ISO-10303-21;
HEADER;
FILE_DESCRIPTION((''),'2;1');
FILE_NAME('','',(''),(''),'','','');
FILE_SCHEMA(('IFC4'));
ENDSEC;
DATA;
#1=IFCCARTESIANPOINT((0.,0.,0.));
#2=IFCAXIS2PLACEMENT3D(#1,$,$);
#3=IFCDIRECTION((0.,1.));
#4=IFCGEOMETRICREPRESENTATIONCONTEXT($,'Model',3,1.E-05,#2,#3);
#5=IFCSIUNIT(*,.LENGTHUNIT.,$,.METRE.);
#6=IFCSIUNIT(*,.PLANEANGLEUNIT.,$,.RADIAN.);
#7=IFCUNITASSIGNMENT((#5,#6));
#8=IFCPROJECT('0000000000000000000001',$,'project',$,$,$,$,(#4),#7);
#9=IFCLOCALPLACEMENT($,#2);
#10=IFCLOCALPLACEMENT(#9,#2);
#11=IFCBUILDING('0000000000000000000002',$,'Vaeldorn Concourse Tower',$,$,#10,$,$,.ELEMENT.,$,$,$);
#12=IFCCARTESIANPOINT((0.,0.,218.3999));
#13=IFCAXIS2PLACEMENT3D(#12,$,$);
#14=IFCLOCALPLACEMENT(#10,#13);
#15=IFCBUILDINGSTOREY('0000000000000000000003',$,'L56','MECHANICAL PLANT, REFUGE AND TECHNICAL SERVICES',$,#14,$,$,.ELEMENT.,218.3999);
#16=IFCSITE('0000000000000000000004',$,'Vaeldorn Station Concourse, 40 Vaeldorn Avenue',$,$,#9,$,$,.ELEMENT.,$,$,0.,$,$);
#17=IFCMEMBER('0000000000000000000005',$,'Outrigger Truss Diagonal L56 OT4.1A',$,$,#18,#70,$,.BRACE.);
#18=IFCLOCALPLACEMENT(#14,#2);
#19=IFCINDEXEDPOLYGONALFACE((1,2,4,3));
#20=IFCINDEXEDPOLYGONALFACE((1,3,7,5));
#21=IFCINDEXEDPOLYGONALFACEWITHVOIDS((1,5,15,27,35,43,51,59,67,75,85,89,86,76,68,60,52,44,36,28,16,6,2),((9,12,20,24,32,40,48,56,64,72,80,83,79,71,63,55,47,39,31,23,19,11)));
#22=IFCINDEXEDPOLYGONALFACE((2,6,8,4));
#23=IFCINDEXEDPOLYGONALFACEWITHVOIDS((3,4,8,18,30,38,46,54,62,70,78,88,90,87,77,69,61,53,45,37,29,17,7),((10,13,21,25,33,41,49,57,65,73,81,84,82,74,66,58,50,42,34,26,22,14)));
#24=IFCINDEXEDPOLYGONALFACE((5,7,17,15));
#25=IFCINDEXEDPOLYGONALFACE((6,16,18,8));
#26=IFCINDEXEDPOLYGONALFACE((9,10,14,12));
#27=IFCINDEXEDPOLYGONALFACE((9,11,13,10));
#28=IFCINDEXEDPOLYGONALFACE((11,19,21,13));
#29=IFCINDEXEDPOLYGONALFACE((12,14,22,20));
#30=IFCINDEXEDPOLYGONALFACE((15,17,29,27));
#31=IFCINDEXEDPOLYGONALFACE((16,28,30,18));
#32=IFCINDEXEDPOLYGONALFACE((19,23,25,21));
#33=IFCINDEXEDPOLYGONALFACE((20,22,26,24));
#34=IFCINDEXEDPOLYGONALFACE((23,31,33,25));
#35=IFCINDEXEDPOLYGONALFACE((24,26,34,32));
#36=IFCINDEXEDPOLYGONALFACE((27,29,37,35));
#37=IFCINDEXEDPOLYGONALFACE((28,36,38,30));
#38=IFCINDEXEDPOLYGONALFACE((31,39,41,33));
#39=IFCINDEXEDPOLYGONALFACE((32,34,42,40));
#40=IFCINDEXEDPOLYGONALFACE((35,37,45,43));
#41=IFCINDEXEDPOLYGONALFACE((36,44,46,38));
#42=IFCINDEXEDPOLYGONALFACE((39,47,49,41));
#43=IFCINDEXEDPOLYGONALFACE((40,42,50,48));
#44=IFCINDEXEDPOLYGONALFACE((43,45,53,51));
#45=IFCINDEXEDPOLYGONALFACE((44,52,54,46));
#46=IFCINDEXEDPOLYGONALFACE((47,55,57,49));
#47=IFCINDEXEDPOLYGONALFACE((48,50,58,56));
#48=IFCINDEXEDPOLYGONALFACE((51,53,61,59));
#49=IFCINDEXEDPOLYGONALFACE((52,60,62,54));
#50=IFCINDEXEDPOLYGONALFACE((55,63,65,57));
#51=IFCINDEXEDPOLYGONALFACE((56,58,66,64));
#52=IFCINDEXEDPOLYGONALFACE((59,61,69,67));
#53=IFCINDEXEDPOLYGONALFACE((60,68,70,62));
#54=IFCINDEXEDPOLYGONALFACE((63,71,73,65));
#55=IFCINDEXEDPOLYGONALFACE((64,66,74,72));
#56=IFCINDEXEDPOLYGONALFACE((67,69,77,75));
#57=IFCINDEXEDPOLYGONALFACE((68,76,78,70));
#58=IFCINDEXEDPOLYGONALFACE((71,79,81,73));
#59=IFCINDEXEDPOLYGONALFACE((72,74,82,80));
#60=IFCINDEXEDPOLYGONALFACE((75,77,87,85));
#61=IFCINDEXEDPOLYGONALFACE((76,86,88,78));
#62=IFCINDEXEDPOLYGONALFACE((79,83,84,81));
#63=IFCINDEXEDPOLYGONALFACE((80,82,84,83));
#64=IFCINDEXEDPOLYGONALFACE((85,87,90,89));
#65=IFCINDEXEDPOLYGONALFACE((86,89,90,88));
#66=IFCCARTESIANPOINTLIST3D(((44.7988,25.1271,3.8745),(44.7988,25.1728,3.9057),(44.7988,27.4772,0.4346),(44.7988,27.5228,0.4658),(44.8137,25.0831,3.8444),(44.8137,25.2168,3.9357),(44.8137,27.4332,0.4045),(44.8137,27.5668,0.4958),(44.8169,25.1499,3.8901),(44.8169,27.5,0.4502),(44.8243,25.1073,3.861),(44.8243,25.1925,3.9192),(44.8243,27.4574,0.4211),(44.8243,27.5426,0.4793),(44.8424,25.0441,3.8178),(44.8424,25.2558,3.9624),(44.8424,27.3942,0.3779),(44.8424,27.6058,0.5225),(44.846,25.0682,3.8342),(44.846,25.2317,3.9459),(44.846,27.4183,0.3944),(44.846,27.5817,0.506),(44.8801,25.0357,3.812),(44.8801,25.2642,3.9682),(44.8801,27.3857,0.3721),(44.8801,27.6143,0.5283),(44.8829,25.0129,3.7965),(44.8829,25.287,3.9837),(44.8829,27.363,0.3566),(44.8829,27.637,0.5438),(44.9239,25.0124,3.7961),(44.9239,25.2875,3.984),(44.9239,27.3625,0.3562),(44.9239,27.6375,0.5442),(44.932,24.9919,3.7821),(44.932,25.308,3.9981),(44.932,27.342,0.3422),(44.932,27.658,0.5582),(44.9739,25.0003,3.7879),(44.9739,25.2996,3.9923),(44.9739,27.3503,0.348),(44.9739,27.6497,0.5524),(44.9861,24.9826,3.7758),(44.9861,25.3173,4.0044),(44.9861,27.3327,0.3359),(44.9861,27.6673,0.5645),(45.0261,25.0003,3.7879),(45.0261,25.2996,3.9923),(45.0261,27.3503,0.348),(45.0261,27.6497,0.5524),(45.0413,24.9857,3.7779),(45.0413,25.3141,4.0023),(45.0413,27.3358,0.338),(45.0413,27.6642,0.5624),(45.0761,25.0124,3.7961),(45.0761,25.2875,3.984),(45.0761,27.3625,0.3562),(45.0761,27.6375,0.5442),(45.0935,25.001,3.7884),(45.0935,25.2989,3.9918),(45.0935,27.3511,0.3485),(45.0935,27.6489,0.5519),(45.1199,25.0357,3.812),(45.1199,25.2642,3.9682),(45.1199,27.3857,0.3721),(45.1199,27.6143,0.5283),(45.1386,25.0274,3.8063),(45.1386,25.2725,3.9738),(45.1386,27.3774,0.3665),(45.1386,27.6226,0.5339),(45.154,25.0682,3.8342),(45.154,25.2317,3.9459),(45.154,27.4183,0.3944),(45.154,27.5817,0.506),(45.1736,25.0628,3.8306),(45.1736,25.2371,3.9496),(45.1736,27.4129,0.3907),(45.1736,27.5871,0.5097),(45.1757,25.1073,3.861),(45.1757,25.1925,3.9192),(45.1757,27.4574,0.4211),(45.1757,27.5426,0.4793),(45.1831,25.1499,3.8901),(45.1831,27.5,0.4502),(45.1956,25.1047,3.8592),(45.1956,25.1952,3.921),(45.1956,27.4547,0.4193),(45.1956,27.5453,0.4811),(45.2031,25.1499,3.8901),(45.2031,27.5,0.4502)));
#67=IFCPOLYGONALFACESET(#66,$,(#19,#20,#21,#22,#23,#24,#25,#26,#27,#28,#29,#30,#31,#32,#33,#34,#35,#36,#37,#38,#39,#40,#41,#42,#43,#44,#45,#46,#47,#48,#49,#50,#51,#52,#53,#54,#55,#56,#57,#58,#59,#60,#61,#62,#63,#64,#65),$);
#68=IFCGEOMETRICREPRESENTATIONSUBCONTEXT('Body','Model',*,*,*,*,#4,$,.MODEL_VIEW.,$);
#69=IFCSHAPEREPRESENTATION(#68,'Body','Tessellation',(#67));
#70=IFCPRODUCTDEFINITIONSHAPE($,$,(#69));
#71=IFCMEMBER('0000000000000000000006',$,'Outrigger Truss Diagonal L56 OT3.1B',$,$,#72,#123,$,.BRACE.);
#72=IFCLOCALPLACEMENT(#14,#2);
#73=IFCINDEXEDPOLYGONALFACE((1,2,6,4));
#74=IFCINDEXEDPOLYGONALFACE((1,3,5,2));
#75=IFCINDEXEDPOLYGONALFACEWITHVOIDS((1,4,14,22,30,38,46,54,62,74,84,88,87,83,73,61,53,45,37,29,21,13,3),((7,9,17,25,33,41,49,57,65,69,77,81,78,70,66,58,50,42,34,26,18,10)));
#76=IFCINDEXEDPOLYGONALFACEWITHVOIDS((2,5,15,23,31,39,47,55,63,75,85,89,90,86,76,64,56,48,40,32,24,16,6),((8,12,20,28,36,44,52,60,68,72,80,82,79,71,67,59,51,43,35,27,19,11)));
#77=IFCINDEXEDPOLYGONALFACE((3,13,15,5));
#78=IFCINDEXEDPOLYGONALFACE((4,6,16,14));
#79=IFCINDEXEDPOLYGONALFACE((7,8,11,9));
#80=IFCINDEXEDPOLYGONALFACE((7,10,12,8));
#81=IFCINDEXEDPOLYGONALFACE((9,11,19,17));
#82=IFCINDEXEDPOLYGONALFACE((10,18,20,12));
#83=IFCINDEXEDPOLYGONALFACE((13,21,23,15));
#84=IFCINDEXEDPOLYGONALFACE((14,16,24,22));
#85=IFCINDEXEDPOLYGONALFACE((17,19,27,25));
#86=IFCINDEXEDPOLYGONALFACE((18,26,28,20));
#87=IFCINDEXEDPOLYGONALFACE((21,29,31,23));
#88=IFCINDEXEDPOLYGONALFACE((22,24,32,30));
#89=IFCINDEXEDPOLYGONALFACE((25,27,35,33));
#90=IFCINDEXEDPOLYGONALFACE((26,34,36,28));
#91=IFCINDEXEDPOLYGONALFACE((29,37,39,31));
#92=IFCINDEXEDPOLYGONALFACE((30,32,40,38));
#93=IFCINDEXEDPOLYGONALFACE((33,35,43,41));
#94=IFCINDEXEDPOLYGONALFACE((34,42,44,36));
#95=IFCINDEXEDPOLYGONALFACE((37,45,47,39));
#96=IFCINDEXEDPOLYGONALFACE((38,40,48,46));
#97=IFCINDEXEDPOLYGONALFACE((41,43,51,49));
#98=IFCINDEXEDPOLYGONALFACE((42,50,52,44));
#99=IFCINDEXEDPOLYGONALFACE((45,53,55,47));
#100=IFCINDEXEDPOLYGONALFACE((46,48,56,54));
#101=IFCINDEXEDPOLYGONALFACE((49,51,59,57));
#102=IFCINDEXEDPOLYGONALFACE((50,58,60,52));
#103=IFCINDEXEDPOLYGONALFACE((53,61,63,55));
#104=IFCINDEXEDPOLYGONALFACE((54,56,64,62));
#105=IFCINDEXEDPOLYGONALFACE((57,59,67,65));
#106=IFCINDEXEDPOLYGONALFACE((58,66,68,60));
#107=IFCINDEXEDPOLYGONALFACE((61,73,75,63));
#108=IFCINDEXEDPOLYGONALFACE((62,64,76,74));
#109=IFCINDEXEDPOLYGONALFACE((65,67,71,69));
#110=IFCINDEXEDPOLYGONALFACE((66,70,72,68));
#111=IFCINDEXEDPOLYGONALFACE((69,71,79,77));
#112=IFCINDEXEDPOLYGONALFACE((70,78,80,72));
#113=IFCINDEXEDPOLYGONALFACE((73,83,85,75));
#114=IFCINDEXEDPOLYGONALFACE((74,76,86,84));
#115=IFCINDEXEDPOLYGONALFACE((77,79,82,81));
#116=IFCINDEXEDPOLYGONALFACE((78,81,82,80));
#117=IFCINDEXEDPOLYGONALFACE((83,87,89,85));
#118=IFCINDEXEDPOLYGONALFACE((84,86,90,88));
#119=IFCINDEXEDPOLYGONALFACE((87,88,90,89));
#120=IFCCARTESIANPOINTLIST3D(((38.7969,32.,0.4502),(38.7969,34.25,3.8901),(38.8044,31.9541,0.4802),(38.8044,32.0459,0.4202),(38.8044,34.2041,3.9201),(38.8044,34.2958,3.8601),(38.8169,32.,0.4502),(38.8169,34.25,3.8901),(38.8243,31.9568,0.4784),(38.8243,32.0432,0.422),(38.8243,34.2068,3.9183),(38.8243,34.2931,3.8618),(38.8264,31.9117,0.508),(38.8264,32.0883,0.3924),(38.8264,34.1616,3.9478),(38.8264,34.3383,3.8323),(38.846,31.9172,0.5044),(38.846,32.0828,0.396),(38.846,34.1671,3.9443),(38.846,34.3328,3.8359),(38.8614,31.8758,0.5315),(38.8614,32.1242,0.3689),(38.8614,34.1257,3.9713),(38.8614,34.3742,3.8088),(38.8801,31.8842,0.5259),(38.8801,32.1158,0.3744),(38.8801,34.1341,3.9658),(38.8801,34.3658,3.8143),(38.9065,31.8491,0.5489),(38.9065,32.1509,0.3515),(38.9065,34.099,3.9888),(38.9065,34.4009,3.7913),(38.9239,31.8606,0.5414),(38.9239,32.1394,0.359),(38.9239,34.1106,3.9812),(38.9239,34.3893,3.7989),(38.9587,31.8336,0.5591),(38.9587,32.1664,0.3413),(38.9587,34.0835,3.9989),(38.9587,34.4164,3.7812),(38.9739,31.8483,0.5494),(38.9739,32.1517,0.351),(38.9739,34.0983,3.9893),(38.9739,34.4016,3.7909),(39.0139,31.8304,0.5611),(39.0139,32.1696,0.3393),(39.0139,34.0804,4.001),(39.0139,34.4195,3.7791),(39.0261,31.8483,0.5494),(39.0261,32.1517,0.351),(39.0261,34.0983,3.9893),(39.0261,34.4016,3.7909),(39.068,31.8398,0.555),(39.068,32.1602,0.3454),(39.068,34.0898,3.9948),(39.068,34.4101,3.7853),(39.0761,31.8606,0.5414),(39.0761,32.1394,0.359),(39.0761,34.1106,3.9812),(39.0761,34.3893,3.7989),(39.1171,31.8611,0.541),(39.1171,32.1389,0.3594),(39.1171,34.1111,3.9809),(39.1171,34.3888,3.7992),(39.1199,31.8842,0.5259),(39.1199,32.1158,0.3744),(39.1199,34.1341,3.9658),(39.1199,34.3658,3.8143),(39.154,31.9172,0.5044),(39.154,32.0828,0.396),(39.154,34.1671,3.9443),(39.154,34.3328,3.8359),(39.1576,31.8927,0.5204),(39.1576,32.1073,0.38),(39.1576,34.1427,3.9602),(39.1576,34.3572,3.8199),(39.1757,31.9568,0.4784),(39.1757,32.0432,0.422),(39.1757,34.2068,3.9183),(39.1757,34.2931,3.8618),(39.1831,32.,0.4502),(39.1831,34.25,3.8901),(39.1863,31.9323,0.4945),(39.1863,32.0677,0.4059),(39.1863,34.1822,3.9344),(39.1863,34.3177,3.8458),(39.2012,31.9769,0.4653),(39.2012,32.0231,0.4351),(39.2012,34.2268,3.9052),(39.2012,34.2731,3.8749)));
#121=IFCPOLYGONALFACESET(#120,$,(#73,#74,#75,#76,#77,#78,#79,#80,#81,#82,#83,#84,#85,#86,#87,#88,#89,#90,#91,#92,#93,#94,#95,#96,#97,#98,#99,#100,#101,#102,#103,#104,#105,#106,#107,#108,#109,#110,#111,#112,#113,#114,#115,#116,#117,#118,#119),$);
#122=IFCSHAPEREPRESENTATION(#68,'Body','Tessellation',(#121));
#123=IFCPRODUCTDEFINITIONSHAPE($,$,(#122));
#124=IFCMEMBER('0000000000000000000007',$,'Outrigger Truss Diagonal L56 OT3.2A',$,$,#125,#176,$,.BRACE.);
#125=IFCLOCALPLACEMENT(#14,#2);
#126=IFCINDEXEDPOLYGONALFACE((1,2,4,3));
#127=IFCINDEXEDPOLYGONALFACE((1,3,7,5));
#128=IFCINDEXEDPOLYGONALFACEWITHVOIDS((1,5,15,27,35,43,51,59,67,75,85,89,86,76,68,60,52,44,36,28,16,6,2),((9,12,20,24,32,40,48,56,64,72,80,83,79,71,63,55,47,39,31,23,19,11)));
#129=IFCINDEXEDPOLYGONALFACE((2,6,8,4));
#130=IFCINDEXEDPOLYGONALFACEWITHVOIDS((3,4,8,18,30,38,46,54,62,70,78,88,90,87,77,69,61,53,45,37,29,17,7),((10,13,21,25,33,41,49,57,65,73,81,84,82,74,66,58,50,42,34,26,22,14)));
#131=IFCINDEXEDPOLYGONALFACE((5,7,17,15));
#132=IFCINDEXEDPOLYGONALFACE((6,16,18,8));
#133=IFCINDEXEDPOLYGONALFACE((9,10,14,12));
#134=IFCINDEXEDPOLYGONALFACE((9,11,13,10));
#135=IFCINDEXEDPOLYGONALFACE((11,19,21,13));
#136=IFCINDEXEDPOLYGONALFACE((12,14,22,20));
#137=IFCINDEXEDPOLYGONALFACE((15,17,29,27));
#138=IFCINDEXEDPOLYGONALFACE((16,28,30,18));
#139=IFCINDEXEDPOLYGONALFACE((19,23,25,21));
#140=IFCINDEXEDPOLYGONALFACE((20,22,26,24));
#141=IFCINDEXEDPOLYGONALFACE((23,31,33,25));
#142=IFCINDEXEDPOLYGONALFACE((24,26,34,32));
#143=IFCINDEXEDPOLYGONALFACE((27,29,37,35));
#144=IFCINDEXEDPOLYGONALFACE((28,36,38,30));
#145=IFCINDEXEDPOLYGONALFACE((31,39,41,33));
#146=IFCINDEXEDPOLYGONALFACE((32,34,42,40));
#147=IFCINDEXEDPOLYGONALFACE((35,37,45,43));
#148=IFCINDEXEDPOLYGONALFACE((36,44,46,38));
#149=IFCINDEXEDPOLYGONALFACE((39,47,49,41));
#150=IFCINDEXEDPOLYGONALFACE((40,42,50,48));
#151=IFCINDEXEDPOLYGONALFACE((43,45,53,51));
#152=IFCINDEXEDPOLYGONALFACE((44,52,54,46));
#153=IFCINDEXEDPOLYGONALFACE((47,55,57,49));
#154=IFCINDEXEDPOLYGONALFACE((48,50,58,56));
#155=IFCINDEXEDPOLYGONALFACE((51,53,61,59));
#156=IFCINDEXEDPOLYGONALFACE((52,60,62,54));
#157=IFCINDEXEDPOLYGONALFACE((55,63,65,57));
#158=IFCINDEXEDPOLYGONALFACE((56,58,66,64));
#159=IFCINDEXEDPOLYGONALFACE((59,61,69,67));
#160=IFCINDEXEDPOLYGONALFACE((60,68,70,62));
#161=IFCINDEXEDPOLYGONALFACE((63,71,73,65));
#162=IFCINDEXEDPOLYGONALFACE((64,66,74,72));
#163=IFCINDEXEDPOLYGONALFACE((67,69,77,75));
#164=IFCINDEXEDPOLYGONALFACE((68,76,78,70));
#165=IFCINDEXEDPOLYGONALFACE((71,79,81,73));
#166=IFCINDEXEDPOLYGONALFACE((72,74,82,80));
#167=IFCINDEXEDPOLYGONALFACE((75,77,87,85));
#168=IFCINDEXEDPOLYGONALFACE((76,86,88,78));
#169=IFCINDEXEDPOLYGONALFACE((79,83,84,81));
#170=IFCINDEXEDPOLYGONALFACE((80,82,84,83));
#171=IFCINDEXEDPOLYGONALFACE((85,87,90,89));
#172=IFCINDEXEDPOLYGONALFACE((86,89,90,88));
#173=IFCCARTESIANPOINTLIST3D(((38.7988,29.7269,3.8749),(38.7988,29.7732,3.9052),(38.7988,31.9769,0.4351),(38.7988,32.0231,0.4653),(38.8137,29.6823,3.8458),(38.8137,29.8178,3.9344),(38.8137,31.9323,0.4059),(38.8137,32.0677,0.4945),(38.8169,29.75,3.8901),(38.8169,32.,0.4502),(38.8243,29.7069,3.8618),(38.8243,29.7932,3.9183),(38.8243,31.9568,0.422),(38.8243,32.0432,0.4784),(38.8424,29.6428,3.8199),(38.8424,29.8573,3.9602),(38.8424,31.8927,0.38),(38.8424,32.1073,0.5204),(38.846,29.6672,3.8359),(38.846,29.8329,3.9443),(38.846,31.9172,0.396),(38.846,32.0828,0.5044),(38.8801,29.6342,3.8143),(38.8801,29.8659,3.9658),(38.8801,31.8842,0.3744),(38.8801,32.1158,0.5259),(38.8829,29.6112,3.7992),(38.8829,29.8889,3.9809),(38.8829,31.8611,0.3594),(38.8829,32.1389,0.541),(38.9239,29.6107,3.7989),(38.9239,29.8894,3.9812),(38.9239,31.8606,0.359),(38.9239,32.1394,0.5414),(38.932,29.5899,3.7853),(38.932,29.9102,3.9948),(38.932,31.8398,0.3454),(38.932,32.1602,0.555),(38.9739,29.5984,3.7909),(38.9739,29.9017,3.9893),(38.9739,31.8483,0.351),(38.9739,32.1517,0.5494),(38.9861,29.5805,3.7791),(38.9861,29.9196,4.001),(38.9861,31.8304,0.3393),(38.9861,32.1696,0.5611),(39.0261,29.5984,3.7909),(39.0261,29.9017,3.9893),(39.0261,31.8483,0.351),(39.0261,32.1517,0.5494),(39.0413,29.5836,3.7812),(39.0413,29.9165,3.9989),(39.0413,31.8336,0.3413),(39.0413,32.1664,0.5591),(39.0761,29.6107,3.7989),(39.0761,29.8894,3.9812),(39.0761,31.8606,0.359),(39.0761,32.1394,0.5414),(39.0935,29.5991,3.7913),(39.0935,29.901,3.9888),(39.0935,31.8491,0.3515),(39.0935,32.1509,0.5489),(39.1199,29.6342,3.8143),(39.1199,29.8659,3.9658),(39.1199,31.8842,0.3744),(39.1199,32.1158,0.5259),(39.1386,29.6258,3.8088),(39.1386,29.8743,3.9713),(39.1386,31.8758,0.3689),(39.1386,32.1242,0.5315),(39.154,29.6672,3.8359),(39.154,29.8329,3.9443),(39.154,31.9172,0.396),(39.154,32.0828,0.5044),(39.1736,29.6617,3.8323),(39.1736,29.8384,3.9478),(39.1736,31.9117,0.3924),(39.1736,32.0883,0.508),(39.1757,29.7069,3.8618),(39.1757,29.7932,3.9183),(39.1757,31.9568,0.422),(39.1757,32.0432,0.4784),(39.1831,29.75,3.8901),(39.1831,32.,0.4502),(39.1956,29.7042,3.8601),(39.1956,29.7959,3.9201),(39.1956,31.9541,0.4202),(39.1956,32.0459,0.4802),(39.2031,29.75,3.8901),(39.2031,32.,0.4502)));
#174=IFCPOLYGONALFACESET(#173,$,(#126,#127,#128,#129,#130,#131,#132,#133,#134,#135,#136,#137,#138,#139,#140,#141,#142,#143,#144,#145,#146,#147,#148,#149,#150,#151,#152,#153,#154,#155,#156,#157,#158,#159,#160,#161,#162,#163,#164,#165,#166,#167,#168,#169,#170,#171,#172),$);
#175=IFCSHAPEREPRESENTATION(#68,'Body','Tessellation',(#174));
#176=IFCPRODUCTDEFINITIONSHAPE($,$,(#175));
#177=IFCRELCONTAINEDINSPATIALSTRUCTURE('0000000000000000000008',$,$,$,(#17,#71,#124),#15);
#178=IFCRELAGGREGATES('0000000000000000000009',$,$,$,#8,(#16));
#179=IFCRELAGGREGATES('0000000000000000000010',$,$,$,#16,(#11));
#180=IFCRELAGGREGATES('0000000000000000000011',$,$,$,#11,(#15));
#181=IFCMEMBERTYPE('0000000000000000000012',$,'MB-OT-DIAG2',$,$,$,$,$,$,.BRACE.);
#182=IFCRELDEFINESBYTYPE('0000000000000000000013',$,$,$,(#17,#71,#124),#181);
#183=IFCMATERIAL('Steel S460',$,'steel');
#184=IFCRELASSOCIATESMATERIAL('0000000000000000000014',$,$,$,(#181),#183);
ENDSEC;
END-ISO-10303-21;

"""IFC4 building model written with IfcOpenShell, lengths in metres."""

from ifc_helpers import new_model, si_unit, direction, frame, origin, origin_2d, place, context, subcontext, project, spatial, hollow_circle, extrude, source, transform, mapped, material, material_profile, profile_set, type_object, element, save


model = new_model("IFC4")

# Units and contexts
model_context = context("Model", 3, precision=1e-05, world=origin(), true_north=direction((0.0, 1.0)))
body_context = subcontext(model_context, "Body", "Model", "MODEL_VIEW")
ifc_project = project(units=[si_unit("LENGTHUNIT", "METRE"), si_unit("PLANEANGLEUNIT", "RADIAN")], contexts=[model_context])

# Site, building, storey
site_placement = place(None, origin())
site = spatial("IfcSite", under=ifc_project, at=site_placement, Name="Vaeldorn Station Concourse, 40 Vaeldorn Avenue", CompositionType="ELEMENT", RefElevation=0.0)
building_placement = place(site_placement, origin())
building = spatial("IfcBuilding", under=site, at=building_placement, Name="Vaeldorn Concourse Tower", CompositionType="ELEMENT")
storey_placement = place(building_placement, frame((0.0, 0.0, 218.3999)))
storey = spatial("IfcBuildingStorey", under=building, at=storey_placement, Name="L56", Description="MECHANICAL PLANT, REFUGE AND TECHNICAL SERVICES", CompositionType="ELEMENT", Elevation=218.3999)

# Shared definitions
ifc_material_1 = material(Name="Steel S460", Category="steel")

# Members
ifc_material_profile_1 = material_profile(ifc_material_1, hollow_circle(Radius=0.2031, WallThickness=0.02, at=origin_2d()), Name="CHS 406.4x20")
ifc_profile_set_1 = profile_set([ifc_material_profile_1], Name="Steel S460")
member_type_1 = type_object("IfcMemberType", Name="MB-OT-DIAG2", PredefinedType="BRACE", material=ifc_profile_set_1)
shared_shape_1 = source(origin(), body_context, "Body", "SweptSolid", [
    extrude(hollow_circle(Radius=0.2031, WallThickness=0.02, at=origin_2d()), origin(), (0.0, 0.0, 1.0), 4.166),
])
member_1_placement = place(storey_placement, frame((45.0, 27.5, 0.4502), z_axis=(0.0, -0.564104, 0.825704), x_axis=(1.0, 0.0, 0.0)))
element("IfcMember", 1, at=member_1_placement, inside=storey, type_object=member_type_1, Name="Outrigger Truss Diagonal L56 OT4.1A", PredefinedType="BRACE", context=body_context, shape_type="MappedRepresentation", body=[
    mapped(shared_shape_1, transform((0.0, 0.0, 0.0), scale=1.0)),
])
shared_shape_2 = source(origin(), body_context, "Body", "SweptSolid", [
    extrude(hollow_circle(Radius=0.2031, WallThickness=0.02, at=origin_2d()), origin(), (0.0, 0.0, 1.0), 4.1104),
])
for number, where, z_axis, x_axis, name in (
    (2, (39.0, 32.0, 0.4502), (0.0, 0.547387, 0.83688), (-1.0, 0.0, 0.0), "Outrigger Truss Diagonal L56 OT3.1B"),
    (3, (39.0, 32.0, 0.4502), (0.0, -0.547387, 0.83688), (1.0, 0.0, 0.0), "Outrigger Truss Diagonal L56 OT3.2A"),
):
    element("IfcMember", number, at=place(storey_placement, frame(where, z_axis=z_axis, x_axis=x_axis)), inside=storey, type_object=member_type_1, Name=name, PredefinedType="BRACE", context=body_context, shape_type="MappedRepresentation", body=[
        mapped(shared_shape_2, transform((0.0, 0.0, 0.0), scale=1.0)),
    ])

save(model, "model.ifc")
